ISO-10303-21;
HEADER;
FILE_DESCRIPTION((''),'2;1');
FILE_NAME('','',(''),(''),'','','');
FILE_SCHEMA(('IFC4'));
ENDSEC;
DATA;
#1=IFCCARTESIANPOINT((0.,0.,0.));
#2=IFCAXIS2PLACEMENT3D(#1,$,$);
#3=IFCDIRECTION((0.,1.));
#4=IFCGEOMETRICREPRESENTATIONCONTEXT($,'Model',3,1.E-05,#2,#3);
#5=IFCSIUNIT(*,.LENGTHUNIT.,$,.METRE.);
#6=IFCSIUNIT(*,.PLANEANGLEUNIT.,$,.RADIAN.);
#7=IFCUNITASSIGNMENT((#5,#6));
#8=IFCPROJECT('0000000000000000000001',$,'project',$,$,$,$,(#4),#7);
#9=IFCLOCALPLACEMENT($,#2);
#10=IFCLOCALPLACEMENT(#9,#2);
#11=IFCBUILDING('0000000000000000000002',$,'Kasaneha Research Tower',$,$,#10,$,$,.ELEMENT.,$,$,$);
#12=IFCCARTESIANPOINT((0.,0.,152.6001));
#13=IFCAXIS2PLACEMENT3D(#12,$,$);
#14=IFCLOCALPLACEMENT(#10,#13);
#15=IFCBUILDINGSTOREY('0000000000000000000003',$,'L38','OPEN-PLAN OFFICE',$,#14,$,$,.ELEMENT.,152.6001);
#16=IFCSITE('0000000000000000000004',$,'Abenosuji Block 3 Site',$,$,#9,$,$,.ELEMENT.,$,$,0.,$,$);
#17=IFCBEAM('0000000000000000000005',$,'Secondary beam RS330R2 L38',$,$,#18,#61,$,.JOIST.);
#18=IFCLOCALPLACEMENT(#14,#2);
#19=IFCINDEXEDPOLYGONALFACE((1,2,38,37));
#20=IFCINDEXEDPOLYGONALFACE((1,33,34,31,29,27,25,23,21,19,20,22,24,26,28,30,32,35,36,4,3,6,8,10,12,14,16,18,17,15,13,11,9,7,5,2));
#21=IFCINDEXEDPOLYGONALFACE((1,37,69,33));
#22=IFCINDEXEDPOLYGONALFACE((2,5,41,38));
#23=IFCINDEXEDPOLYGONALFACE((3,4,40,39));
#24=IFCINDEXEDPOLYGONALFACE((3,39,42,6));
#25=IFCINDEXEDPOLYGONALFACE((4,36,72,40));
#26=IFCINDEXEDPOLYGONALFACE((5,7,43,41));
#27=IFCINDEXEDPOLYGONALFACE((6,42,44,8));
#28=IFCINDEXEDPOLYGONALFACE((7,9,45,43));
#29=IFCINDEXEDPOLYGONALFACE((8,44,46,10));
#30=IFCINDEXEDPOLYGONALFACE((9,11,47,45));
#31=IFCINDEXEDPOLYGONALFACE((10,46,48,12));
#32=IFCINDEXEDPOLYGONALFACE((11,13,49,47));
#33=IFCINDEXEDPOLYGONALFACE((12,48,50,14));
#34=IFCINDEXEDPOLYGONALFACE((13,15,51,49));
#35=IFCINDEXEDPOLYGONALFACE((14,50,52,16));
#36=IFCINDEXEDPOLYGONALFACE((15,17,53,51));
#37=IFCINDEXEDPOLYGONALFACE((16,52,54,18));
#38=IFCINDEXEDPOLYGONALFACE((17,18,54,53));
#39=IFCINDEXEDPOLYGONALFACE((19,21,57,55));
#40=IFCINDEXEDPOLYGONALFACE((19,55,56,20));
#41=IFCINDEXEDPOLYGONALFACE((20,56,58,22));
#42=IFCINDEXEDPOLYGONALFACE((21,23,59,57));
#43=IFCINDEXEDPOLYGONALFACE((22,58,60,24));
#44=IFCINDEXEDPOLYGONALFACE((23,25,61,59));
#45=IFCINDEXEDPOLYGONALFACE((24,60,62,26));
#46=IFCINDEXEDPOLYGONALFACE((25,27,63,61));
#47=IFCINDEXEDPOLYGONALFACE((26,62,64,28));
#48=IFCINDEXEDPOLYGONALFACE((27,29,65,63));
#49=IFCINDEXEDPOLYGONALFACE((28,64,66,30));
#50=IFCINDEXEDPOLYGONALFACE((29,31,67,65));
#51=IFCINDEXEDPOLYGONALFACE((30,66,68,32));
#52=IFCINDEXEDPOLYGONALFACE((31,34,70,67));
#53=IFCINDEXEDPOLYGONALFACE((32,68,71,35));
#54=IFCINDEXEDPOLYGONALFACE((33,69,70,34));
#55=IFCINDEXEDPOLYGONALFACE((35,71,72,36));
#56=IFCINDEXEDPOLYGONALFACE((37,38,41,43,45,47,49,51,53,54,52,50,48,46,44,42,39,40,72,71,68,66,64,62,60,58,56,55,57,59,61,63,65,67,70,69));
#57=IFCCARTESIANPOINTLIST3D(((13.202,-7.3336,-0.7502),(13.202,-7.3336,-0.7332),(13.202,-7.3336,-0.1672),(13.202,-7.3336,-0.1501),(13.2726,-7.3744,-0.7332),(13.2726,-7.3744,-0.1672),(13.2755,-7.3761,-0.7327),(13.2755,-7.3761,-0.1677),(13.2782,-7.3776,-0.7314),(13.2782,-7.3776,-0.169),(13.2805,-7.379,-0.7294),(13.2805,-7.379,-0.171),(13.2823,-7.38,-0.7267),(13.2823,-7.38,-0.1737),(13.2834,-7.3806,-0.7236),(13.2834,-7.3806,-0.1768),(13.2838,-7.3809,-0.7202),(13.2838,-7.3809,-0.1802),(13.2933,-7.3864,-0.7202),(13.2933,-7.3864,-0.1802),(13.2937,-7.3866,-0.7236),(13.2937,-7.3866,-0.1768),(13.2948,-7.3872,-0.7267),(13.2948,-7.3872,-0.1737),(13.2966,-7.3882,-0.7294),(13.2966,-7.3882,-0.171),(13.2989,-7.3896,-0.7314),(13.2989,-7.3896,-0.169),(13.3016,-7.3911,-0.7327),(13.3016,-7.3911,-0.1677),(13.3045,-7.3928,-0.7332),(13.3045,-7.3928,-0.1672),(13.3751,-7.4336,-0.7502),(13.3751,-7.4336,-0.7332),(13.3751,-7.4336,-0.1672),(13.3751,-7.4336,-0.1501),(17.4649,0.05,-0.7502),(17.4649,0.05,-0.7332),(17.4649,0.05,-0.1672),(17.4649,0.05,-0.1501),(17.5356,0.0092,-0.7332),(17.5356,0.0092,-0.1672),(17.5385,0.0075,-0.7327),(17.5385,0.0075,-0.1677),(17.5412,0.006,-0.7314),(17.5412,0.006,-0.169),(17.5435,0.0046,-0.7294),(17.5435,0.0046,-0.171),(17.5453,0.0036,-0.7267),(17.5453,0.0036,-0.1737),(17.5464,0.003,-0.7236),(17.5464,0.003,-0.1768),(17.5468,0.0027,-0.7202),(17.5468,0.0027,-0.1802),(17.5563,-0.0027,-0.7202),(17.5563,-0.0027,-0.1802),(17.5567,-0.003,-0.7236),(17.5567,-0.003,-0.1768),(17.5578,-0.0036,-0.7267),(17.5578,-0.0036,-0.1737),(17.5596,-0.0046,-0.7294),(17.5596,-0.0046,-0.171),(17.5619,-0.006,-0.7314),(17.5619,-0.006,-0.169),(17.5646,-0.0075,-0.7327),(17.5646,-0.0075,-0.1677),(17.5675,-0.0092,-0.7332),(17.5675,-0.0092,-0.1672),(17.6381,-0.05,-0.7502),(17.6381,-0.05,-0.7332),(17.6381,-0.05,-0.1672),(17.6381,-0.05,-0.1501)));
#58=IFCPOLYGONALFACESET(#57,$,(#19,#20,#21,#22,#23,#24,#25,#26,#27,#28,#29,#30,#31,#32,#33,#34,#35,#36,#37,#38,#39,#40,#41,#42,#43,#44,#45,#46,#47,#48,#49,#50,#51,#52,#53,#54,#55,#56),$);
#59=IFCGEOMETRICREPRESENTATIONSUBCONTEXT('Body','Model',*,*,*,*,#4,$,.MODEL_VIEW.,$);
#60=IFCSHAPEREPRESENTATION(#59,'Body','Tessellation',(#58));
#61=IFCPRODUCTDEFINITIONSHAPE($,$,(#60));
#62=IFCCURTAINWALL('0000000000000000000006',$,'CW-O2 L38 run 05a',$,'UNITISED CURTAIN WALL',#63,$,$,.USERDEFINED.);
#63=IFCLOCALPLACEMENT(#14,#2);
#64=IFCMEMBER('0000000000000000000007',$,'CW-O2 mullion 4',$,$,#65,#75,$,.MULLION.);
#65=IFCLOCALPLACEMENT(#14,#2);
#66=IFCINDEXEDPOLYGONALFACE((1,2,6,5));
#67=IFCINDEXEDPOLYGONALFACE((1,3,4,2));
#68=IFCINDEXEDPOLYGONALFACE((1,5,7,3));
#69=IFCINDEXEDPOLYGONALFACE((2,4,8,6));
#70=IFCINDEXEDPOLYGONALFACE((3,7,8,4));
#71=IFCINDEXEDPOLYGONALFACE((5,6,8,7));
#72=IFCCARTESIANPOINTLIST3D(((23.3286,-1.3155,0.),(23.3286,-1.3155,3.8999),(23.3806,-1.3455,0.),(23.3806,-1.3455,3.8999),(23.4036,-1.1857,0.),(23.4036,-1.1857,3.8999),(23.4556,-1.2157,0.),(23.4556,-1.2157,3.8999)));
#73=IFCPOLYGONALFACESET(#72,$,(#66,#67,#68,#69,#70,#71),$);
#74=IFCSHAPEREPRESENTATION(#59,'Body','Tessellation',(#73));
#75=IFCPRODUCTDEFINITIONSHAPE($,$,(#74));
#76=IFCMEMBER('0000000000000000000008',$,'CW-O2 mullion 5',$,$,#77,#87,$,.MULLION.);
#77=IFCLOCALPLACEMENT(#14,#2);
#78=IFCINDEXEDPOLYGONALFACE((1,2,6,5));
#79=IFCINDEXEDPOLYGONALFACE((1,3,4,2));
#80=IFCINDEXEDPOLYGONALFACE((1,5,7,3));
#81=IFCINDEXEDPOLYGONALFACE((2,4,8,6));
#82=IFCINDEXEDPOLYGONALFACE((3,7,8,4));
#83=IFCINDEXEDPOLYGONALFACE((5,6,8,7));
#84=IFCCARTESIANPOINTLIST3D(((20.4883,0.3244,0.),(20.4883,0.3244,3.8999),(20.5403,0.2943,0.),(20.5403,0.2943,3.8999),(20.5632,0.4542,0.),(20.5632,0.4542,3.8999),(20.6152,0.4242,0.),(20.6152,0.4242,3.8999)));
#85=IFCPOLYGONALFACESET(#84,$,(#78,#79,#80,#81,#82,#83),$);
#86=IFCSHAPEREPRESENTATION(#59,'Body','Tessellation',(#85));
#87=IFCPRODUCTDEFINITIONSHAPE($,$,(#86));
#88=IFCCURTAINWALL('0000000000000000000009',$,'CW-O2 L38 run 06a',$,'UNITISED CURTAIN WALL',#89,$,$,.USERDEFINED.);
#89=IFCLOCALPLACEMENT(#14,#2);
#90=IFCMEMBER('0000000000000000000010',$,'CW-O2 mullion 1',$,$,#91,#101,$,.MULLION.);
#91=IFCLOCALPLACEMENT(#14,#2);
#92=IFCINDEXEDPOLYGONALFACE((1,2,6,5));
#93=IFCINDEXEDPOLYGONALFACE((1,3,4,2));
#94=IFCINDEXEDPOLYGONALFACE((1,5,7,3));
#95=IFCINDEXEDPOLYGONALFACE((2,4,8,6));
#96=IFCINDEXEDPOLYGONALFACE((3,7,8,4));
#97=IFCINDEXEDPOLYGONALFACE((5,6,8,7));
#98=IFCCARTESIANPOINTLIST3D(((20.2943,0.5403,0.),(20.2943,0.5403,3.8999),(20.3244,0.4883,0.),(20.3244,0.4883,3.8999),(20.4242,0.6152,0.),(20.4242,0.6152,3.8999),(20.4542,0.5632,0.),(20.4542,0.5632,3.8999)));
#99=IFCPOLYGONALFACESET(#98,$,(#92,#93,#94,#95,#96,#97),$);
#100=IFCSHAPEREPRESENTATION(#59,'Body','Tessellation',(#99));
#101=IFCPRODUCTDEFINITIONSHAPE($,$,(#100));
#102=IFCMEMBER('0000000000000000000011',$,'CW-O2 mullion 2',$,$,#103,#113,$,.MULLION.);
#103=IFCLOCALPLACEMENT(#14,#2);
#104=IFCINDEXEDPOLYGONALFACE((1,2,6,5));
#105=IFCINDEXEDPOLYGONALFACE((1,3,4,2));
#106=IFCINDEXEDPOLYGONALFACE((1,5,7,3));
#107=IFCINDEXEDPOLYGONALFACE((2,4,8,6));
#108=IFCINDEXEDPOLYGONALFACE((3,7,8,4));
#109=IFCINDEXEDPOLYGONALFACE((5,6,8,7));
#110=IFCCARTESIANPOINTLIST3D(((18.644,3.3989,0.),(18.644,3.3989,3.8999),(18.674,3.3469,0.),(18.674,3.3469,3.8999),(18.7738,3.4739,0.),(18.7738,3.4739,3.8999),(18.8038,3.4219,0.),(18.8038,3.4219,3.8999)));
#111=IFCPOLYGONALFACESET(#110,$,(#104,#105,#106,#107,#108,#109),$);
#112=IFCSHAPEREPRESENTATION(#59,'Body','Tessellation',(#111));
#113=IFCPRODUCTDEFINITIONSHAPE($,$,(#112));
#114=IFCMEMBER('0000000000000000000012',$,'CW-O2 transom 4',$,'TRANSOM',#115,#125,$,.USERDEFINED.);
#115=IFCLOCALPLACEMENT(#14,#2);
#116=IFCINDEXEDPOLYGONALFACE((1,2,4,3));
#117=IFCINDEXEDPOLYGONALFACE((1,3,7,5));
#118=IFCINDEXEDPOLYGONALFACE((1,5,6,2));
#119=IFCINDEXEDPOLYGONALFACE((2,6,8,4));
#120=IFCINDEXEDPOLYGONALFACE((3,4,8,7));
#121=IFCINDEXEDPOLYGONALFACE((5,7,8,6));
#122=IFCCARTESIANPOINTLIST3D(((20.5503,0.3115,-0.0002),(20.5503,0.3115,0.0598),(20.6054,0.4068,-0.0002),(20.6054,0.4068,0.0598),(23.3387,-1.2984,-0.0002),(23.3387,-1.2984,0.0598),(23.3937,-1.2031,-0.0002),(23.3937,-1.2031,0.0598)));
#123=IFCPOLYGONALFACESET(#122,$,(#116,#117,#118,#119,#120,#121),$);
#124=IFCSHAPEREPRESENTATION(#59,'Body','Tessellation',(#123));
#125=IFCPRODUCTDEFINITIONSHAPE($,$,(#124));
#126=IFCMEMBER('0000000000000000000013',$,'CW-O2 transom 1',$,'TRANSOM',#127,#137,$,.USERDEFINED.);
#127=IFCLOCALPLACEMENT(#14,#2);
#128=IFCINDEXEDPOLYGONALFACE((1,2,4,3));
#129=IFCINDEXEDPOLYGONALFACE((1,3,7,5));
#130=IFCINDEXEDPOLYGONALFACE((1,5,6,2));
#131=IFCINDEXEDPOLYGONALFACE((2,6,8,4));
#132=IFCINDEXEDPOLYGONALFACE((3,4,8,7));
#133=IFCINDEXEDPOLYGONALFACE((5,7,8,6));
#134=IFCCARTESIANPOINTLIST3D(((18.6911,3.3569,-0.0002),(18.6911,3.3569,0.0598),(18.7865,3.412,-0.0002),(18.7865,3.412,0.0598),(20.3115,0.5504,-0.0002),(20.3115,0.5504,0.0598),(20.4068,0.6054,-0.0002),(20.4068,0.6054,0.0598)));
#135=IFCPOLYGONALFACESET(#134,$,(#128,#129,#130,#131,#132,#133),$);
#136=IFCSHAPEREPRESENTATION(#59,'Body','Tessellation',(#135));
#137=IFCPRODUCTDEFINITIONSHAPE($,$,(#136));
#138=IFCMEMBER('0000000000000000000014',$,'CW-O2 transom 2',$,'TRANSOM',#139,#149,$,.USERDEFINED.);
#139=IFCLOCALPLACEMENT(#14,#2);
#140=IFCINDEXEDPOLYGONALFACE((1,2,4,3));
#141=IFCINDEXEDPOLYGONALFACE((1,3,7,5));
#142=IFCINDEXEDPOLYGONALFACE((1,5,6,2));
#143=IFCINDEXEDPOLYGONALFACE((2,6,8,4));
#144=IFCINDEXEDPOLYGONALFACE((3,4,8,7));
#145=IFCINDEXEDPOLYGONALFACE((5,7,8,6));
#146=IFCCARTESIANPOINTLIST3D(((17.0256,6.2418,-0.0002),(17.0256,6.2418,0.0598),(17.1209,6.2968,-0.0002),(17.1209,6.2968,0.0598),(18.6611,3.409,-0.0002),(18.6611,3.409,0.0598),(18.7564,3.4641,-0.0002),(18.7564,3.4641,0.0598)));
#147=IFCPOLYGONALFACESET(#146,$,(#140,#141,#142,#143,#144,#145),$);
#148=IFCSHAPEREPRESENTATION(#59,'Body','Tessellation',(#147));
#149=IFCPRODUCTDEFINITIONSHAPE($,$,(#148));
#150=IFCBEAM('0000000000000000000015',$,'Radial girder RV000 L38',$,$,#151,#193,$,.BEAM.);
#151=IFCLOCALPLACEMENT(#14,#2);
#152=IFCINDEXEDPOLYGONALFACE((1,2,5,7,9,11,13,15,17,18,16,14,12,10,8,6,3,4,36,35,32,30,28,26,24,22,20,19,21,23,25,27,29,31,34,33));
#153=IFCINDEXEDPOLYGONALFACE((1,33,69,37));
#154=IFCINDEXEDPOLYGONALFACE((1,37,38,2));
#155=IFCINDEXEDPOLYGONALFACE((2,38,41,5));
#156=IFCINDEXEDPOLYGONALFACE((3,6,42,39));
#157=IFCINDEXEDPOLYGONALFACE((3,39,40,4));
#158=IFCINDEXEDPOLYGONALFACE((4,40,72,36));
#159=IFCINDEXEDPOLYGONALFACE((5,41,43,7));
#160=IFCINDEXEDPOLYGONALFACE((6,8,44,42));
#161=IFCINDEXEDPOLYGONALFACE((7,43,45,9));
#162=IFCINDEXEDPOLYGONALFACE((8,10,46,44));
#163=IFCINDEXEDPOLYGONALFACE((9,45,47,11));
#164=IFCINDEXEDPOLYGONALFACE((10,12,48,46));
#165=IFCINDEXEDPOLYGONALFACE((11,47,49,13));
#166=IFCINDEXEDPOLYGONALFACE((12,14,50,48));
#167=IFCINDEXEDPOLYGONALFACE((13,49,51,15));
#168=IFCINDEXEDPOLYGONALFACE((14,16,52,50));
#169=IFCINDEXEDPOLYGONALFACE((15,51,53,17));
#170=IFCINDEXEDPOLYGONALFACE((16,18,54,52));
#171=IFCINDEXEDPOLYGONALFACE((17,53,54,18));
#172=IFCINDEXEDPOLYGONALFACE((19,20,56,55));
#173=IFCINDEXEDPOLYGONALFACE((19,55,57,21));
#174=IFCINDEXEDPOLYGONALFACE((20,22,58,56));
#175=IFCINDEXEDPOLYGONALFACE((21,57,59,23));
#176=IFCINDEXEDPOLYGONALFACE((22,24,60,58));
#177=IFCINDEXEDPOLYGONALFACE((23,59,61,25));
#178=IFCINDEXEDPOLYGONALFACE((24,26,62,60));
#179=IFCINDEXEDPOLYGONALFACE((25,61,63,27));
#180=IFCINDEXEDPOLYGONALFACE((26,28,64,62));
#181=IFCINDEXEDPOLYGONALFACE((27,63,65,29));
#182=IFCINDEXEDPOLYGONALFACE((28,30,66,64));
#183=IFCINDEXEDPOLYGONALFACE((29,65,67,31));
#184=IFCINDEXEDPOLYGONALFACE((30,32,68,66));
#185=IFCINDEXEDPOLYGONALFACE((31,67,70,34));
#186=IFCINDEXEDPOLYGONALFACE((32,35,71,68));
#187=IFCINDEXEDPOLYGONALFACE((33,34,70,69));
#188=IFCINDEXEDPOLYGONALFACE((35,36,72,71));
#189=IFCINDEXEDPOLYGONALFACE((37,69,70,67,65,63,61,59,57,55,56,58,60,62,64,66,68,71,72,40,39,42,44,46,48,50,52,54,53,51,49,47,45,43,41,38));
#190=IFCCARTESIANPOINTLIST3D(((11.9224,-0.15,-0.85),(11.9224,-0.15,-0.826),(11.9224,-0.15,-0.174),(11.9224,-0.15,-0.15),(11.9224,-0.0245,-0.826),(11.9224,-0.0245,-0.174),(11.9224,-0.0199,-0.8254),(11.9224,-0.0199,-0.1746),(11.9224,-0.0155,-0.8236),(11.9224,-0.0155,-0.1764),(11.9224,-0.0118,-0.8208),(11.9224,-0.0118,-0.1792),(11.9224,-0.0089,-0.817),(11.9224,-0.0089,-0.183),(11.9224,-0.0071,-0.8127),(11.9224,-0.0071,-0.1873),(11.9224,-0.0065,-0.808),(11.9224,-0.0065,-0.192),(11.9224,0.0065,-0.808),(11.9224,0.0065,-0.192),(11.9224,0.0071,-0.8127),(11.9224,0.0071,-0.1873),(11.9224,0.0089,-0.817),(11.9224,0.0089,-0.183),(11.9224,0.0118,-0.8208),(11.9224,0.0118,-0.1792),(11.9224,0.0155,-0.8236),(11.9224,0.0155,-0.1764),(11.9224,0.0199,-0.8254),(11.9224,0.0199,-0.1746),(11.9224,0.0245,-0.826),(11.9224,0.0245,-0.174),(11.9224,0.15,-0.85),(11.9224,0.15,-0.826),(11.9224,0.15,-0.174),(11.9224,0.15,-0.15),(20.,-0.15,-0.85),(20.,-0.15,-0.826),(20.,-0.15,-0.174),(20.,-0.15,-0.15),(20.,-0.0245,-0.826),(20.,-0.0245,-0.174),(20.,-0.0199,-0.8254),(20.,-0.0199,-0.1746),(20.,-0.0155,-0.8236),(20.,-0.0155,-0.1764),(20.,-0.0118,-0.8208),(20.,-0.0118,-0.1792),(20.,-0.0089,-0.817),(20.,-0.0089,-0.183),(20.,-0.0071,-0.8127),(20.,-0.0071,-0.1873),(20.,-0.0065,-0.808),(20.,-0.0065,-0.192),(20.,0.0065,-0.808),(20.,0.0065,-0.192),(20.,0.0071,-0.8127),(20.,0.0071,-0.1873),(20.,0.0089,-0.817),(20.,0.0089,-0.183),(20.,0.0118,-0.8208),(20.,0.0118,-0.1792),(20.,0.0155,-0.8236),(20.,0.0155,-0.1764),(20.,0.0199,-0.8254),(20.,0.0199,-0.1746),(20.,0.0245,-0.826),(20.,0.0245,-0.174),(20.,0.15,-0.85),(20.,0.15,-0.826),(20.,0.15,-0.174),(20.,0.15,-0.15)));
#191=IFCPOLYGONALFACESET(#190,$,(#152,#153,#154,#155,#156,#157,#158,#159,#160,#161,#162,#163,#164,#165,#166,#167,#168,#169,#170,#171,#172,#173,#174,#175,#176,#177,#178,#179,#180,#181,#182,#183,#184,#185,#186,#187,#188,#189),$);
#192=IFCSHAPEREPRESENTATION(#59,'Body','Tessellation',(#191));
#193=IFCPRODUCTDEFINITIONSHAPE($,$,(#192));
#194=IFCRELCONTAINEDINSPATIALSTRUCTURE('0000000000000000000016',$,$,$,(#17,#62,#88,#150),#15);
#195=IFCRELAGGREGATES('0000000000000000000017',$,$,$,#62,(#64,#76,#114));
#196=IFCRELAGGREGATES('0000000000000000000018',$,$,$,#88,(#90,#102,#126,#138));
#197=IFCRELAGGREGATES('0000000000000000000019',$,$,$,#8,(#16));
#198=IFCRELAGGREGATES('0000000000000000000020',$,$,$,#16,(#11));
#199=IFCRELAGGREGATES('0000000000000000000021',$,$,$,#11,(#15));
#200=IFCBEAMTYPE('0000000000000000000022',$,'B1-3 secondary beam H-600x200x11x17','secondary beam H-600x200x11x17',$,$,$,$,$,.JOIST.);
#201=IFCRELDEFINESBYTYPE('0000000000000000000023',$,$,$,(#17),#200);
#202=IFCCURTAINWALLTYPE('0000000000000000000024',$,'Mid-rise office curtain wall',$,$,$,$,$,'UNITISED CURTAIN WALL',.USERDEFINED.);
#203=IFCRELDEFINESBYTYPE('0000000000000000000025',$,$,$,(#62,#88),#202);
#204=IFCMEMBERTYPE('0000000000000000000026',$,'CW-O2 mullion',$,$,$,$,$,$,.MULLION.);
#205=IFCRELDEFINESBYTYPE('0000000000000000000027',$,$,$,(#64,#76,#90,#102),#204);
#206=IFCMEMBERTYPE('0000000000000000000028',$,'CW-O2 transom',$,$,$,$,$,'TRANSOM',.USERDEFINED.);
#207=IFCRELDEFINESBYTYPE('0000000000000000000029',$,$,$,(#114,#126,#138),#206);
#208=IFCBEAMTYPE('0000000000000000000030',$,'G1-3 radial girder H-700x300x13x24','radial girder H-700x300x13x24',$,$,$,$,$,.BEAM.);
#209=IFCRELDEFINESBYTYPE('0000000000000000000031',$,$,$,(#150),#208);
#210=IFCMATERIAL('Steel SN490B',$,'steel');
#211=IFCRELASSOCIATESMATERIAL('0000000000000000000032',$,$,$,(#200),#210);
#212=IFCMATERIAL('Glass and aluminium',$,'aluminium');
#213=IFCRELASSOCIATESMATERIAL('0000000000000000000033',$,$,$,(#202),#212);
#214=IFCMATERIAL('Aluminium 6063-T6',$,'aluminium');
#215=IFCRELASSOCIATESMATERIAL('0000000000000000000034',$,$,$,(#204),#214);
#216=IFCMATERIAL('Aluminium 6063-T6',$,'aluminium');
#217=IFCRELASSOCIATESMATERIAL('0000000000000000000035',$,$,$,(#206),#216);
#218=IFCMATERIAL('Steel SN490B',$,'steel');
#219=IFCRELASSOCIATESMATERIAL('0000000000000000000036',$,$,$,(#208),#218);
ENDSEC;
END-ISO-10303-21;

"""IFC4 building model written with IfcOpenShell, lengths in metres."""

from ifc_helpers import new_model, si_unit, direction, frame, origin, origin_2d, place, context, subcontext, project, spatial, rectangle, i_section, extrude, material, material_profile, profile_set, type_object, element, aggregate, save


model = new_model("IFC4")

# Units and contexts
model_context = context("Model", 3, precision=1e-05, world=origin(), true_north=direction((0.0, 1.0)))
body_context = subcontext(model_context, "Body", "Model", "MODEL_VIEW")
ifc_project = project(units=[si_unit("LENGTHUNIT", "METRE"), si_unit("PLANEANGLEUNIT", "RADIAN")], contexts=[model_context])

# Site, building, storey
site_placement = place(None, origin())
site = spatial("IfcSite", under=ifc_project, at=site_placement, Name="Abenosuji Block 3 Site", CompositionType="ELEMENT", RefElevation=0.0)
building_placement = place(site_placement, origin())
building = spatial("IfcBuilding", under=site, at=building_placement, Name="Kasaneha Research Tower", CompositionType="ELEMENT")
storey_placement = place(building_placement, frame((0.0, 0.0, 152.6001)))
storey = spatial("IfcBuildingStorey", under=building, at=storey_placement, Name="L38", Description="OPEN-PLAN OFFICE", CompositionType="ELEMENT", Elevation=152.6001)

# Beam
ifc_material_1 = material(Name="Steel SN490B", Category="steel")
ifc_material_profile_1 = material_profile(ifc_material_1, i_section(OverallWidth=0.2, OverallDepth=0.6001, WebThickness=0.011, FlangeThickness=0.0171, FilletRadius=0.0129, at=origin_2d()), Name="H-600x200x11x17")
ifc_profile_set_1 = profile_set([ifc_material_profile_1], Name="Steel SN490B")
beam_type_1 = type_object("IfcBeamType", Name="B1-3 secondary beam H-600x200x11x17", Description="secondary beam H-600x200x11x17", PredefinedType="JOIST", material=ifc_profile_set_1)
beam_1_placement = place(storey_placement, frame((17.5515, 0.0, -0.4502), z_axis=(-0.500004, -0.866023, 0.0), x_axis=(0.866023, -0.500004, 0.0)))
element("IfcBeam", 1, at=beam_1_placement, inside=storey, type_object=beam_type_1, Name="Secondary beam RS330R2 L38", PredefinedType="JOIST", context=body_context, shape_type="SweptSolid", body=[
    extrude(i_section(OverallWidth=0.2, OverallDepth=0.6001, WebThickness=0.011, FlangeThickness=0.0171, FilletRadius=0.0129, at=origin_2d()), origin(), (0.0, 0.0, 1.0), 8.5259),
])

# Curtain walls, members
ifc_material_2 = material(Name="Glass and aluminium", Category="aluminium")
curtain_wall_type = type_object("IfcCurtainWallType", Name="Mid-rise office curtain wall", ElementType="UNITISED CURTAIN WALL", PredefinedType="USERDEFINED", material=ifc_material_2)
curtain_wall_1_placement = place(storey_placement, origin())
curtain_wall_1 = element("IfcCurtainWall", 2, at=curtain_wall_1_placement, inside=storey, type_object=curtain_wall_type, Name="CW-O2 L38 run 05a", ObjectType="UNITISED CURTAIN WALL", PredefinedType="USERDEFINED")
ifc_material_3 = material(Name="Aluminium 6063-T6", Category="aluminium")
ifc_material_profile_2 = material_profile(ifc_material_3, rectangle(XDim=0.0601, YDim=0.1499, at=origin_2d()), Name="CW-O2 mullion 60x150")
ifc_profile_set_2 = profile_set([ifc_material_profile_2], Name="Aluminium 6063-T6")
member_type_1 = type_object("IfcMemberType", Name="CW-O2 mullion", PredefinedType="MULLION", material=ifc_profile_set_2)
member_1_placement = place(storey_placement, frame((23.3921, -1.2656, 0.0), z_axis=(0.0, 0.0, 1.0), x_axis=(-0.866025, 0.5, 0.0)))
member_1 = element("IfcMember", 3, at=member_1_placement, type_object=member_type_1, Name="CW-O2 mullion 4", PredefinedType="MULLION", context=body_context, shape_type="SweptSolid", body=[
    extrude(rectangle(XDim=0.0601, YDim=0.1499, at=origin_2d()), origin(), (0.0, 0.0, 1.0), 3.8999),
])
member_2_placement = place(storey_placement, frame((20.5518, 0.3743, 0.0), z_axis=(0.0, 0.0, 1.0), x_axis=(-0.866025, 0.5, 0.0)))
member_2 = element("IfcMember", 4, at=member_2_placement, type_object=member_type_1, Name="CW-O2 mullion 5", PredefinedType="MULLION", context=body_context, shape_type="SweptSolid", body=[
    extrude(rectangle(XDim=0.0601, YDim=0.1499, at=origin_2d()), origin(), (0.0, 0.0, 1.0), 3.8999),
])
curtain_wall_2_placement = place(storey_placement, origin())
curtain_wall_2 = element("IfcCurtainWall", 5, at=curtain_wall_2_placement, inside=storey, type_object=curtain_wall_type, Name="CW-O2 L38 run 06a", ObjectType="UNITISED CURTAIN WALL", PredefinedType="USERDEFINED")
member_3_placement = place(storey_placement, frame((20.3743, 0.5518, 0.0), z_axis=(0.0, 0.0, 1.0), x_axis=(-0.5, 0.866025, 0.0)))
member_3 = element("IfcMember", 6, at=member_3_placement, type_object=member_type_1, Name="CW-O2 mullion 1", PredefinedType="MULLION", context=body_context, shape_type="SweptSolid", body=[
    extrude(rectangle(XDim=0.0601, YDim=0.1499, at=origin_2d()), origin(), (0.0, 0.0, 1.0), 3.8999),
])
member_4_placement = place(storey_placement, frame((18.7239, 3.4104, 0.0), z_axis=(0.0, 0.0, 1.0), x_axis=(-0.5, 0.866025, 0.0)))
member_4 = element("IfcMember", 7, at=member_4_placement, type_object=member_type_1, Name="CW-O2 mullion 2", PredefinedType="MULLION", context=body_context, shape_type="SweptSolid", body=[
    extrude(rectangle(XDim=0.0601, YDim=0.1499, at=origin_2d()), origin(), (0.0, 0.0, 1.0), 3.8999),
])

# Members
ifc_material_4 = material(Name="Aluminium 6063-T6", Category="aluminium")
ifc_material_profile_3 = material_profile(ifc_material_4, rectangle(XDim=0.1101, YDim=0.0601, at=origin_2d()), Name="CW-O2 transom 110x60")
ifc_profile_set_3 = profile_set([ifc_material_profile_3], Name="Aluminium 6063-T6")
member_type_2 = type_object("IfcMemberType", Name="CW-O2 transom", ElementType="TRANSOM", PredefinedType="USERDEFINED", material=ifc_profile_set_3)
member_5_placement = place(storey_placement, frame((23.3662, -1.2507, 0.0298), z_axis=(-0.866023, 0.500005, 0.0), x_axis=(-0.500005, -0.866023, 0.0)))
member_5 = element("IfcMember", 8, at=member_5_placement, type_object=member_type_2, Name="CW-O2 transom 4", ObjectType="TRANSOM", PredefinedType="USERDEFINED", context=body_context, shape_type="SweptSolid", body=[
    extrude(rectangle(XDim=0.1101, YDim=0.0601, at=origin_2d()), origin(), (0.0, 0.0, 1.0), 3.2197),
])
member_6_placement = place(storey_placement, frame((20.3591, 0.5779, 0.0298), z_axis=(-0.499988, 0.866033, 0.0), x_axis=(-0.866033, -0.499988, 0.0)))
member_6 = element("IfcMember", 9, at=member_6_placement, type_object=member_type_2, Name="CW-O2 transom 1", ObjectType="TRANSOM", PredefinedType="USERDEFINED", context=body_context, shape_type="SweptSolid", body=[
    extrude(rectangle(XDim=0.1101, YDim=0.0601, at=origin_2d()), origin(), (0.0, 0.0, 1.0), 3.2407),
])
member_7_placement = place(storey_placement, frame((18.7087, 3.4365, 0.0298), z_axis=(-0.5, 0.866025, 0.0), x_axis=(-0.866025, -0.5, 0.0)))
member_7 = element("IfcMember", 10, at=member_7_placement, type_object=member_type_2, Name="CW-O2 transom 2", ObjectType="TRANSOM", PredefinedType="USERDEFINED", context=body_context, shape_type="SweptSolid", body=[
    extrude(rectangle(XDim=0.1101, YDim=0.0601, at=origin_2d()), origin(), (0.0, 0.0, 1.0), 3.271),
])

# Beam
ifc_material_5 = material(Name="Steel SN490B", Category="steel")
ifc_material_profile_4 = material_profile(ifc_material_5, i_section(OverallWidth=0.3, OverallDepth=0.7, WebThickness=0.0129, FlangeThickness=0.0239, FilletRadius=0.0181, at=origin_2d()), Name="H-700x300x13x24")
ifc_profile_set_4 = profile_set([ifc_material_profile_4], Name="Steel SN490B")
beam_type_2 = type_object("IfcBeamType", Name="G1-3 radial girder H-700x300x13x24", Description="radial girder H-700x300x13x24", PredefinedType="BEAM", material=ifc_profile_set_4)
beam_2_placement = place(storey_placement, frame((11.9224, 0.0, -0.5), z_axis=(1.0, 0.0, 0.0), x_axis=(0.0, 1.0, 0.0)))
element("IfcBeam", 11, at=beam_2_placement, inside=storey, type_object=beam_type_2, Name="Radial girder RV000 L38", PredefinedType="BEAM", context=body_context, shape_type="SweptSolid", body=[
    extrude(i_section(OverallWidth=0.3, OverallDepth=0.7, WebThickness=0.0129, FlangeThickness=0.0239, FilletRadius=0.0181, at=origin_2d()), origin(), (0.0, 0.0, 1.0), 8.0776),
])

aggregate(curtain_wall_1, [member_1, member_2, member_5])
aggregate(curtain_wall_2, [member_3, member_4, member_6, member_7])

save(model, "model.ifc")
